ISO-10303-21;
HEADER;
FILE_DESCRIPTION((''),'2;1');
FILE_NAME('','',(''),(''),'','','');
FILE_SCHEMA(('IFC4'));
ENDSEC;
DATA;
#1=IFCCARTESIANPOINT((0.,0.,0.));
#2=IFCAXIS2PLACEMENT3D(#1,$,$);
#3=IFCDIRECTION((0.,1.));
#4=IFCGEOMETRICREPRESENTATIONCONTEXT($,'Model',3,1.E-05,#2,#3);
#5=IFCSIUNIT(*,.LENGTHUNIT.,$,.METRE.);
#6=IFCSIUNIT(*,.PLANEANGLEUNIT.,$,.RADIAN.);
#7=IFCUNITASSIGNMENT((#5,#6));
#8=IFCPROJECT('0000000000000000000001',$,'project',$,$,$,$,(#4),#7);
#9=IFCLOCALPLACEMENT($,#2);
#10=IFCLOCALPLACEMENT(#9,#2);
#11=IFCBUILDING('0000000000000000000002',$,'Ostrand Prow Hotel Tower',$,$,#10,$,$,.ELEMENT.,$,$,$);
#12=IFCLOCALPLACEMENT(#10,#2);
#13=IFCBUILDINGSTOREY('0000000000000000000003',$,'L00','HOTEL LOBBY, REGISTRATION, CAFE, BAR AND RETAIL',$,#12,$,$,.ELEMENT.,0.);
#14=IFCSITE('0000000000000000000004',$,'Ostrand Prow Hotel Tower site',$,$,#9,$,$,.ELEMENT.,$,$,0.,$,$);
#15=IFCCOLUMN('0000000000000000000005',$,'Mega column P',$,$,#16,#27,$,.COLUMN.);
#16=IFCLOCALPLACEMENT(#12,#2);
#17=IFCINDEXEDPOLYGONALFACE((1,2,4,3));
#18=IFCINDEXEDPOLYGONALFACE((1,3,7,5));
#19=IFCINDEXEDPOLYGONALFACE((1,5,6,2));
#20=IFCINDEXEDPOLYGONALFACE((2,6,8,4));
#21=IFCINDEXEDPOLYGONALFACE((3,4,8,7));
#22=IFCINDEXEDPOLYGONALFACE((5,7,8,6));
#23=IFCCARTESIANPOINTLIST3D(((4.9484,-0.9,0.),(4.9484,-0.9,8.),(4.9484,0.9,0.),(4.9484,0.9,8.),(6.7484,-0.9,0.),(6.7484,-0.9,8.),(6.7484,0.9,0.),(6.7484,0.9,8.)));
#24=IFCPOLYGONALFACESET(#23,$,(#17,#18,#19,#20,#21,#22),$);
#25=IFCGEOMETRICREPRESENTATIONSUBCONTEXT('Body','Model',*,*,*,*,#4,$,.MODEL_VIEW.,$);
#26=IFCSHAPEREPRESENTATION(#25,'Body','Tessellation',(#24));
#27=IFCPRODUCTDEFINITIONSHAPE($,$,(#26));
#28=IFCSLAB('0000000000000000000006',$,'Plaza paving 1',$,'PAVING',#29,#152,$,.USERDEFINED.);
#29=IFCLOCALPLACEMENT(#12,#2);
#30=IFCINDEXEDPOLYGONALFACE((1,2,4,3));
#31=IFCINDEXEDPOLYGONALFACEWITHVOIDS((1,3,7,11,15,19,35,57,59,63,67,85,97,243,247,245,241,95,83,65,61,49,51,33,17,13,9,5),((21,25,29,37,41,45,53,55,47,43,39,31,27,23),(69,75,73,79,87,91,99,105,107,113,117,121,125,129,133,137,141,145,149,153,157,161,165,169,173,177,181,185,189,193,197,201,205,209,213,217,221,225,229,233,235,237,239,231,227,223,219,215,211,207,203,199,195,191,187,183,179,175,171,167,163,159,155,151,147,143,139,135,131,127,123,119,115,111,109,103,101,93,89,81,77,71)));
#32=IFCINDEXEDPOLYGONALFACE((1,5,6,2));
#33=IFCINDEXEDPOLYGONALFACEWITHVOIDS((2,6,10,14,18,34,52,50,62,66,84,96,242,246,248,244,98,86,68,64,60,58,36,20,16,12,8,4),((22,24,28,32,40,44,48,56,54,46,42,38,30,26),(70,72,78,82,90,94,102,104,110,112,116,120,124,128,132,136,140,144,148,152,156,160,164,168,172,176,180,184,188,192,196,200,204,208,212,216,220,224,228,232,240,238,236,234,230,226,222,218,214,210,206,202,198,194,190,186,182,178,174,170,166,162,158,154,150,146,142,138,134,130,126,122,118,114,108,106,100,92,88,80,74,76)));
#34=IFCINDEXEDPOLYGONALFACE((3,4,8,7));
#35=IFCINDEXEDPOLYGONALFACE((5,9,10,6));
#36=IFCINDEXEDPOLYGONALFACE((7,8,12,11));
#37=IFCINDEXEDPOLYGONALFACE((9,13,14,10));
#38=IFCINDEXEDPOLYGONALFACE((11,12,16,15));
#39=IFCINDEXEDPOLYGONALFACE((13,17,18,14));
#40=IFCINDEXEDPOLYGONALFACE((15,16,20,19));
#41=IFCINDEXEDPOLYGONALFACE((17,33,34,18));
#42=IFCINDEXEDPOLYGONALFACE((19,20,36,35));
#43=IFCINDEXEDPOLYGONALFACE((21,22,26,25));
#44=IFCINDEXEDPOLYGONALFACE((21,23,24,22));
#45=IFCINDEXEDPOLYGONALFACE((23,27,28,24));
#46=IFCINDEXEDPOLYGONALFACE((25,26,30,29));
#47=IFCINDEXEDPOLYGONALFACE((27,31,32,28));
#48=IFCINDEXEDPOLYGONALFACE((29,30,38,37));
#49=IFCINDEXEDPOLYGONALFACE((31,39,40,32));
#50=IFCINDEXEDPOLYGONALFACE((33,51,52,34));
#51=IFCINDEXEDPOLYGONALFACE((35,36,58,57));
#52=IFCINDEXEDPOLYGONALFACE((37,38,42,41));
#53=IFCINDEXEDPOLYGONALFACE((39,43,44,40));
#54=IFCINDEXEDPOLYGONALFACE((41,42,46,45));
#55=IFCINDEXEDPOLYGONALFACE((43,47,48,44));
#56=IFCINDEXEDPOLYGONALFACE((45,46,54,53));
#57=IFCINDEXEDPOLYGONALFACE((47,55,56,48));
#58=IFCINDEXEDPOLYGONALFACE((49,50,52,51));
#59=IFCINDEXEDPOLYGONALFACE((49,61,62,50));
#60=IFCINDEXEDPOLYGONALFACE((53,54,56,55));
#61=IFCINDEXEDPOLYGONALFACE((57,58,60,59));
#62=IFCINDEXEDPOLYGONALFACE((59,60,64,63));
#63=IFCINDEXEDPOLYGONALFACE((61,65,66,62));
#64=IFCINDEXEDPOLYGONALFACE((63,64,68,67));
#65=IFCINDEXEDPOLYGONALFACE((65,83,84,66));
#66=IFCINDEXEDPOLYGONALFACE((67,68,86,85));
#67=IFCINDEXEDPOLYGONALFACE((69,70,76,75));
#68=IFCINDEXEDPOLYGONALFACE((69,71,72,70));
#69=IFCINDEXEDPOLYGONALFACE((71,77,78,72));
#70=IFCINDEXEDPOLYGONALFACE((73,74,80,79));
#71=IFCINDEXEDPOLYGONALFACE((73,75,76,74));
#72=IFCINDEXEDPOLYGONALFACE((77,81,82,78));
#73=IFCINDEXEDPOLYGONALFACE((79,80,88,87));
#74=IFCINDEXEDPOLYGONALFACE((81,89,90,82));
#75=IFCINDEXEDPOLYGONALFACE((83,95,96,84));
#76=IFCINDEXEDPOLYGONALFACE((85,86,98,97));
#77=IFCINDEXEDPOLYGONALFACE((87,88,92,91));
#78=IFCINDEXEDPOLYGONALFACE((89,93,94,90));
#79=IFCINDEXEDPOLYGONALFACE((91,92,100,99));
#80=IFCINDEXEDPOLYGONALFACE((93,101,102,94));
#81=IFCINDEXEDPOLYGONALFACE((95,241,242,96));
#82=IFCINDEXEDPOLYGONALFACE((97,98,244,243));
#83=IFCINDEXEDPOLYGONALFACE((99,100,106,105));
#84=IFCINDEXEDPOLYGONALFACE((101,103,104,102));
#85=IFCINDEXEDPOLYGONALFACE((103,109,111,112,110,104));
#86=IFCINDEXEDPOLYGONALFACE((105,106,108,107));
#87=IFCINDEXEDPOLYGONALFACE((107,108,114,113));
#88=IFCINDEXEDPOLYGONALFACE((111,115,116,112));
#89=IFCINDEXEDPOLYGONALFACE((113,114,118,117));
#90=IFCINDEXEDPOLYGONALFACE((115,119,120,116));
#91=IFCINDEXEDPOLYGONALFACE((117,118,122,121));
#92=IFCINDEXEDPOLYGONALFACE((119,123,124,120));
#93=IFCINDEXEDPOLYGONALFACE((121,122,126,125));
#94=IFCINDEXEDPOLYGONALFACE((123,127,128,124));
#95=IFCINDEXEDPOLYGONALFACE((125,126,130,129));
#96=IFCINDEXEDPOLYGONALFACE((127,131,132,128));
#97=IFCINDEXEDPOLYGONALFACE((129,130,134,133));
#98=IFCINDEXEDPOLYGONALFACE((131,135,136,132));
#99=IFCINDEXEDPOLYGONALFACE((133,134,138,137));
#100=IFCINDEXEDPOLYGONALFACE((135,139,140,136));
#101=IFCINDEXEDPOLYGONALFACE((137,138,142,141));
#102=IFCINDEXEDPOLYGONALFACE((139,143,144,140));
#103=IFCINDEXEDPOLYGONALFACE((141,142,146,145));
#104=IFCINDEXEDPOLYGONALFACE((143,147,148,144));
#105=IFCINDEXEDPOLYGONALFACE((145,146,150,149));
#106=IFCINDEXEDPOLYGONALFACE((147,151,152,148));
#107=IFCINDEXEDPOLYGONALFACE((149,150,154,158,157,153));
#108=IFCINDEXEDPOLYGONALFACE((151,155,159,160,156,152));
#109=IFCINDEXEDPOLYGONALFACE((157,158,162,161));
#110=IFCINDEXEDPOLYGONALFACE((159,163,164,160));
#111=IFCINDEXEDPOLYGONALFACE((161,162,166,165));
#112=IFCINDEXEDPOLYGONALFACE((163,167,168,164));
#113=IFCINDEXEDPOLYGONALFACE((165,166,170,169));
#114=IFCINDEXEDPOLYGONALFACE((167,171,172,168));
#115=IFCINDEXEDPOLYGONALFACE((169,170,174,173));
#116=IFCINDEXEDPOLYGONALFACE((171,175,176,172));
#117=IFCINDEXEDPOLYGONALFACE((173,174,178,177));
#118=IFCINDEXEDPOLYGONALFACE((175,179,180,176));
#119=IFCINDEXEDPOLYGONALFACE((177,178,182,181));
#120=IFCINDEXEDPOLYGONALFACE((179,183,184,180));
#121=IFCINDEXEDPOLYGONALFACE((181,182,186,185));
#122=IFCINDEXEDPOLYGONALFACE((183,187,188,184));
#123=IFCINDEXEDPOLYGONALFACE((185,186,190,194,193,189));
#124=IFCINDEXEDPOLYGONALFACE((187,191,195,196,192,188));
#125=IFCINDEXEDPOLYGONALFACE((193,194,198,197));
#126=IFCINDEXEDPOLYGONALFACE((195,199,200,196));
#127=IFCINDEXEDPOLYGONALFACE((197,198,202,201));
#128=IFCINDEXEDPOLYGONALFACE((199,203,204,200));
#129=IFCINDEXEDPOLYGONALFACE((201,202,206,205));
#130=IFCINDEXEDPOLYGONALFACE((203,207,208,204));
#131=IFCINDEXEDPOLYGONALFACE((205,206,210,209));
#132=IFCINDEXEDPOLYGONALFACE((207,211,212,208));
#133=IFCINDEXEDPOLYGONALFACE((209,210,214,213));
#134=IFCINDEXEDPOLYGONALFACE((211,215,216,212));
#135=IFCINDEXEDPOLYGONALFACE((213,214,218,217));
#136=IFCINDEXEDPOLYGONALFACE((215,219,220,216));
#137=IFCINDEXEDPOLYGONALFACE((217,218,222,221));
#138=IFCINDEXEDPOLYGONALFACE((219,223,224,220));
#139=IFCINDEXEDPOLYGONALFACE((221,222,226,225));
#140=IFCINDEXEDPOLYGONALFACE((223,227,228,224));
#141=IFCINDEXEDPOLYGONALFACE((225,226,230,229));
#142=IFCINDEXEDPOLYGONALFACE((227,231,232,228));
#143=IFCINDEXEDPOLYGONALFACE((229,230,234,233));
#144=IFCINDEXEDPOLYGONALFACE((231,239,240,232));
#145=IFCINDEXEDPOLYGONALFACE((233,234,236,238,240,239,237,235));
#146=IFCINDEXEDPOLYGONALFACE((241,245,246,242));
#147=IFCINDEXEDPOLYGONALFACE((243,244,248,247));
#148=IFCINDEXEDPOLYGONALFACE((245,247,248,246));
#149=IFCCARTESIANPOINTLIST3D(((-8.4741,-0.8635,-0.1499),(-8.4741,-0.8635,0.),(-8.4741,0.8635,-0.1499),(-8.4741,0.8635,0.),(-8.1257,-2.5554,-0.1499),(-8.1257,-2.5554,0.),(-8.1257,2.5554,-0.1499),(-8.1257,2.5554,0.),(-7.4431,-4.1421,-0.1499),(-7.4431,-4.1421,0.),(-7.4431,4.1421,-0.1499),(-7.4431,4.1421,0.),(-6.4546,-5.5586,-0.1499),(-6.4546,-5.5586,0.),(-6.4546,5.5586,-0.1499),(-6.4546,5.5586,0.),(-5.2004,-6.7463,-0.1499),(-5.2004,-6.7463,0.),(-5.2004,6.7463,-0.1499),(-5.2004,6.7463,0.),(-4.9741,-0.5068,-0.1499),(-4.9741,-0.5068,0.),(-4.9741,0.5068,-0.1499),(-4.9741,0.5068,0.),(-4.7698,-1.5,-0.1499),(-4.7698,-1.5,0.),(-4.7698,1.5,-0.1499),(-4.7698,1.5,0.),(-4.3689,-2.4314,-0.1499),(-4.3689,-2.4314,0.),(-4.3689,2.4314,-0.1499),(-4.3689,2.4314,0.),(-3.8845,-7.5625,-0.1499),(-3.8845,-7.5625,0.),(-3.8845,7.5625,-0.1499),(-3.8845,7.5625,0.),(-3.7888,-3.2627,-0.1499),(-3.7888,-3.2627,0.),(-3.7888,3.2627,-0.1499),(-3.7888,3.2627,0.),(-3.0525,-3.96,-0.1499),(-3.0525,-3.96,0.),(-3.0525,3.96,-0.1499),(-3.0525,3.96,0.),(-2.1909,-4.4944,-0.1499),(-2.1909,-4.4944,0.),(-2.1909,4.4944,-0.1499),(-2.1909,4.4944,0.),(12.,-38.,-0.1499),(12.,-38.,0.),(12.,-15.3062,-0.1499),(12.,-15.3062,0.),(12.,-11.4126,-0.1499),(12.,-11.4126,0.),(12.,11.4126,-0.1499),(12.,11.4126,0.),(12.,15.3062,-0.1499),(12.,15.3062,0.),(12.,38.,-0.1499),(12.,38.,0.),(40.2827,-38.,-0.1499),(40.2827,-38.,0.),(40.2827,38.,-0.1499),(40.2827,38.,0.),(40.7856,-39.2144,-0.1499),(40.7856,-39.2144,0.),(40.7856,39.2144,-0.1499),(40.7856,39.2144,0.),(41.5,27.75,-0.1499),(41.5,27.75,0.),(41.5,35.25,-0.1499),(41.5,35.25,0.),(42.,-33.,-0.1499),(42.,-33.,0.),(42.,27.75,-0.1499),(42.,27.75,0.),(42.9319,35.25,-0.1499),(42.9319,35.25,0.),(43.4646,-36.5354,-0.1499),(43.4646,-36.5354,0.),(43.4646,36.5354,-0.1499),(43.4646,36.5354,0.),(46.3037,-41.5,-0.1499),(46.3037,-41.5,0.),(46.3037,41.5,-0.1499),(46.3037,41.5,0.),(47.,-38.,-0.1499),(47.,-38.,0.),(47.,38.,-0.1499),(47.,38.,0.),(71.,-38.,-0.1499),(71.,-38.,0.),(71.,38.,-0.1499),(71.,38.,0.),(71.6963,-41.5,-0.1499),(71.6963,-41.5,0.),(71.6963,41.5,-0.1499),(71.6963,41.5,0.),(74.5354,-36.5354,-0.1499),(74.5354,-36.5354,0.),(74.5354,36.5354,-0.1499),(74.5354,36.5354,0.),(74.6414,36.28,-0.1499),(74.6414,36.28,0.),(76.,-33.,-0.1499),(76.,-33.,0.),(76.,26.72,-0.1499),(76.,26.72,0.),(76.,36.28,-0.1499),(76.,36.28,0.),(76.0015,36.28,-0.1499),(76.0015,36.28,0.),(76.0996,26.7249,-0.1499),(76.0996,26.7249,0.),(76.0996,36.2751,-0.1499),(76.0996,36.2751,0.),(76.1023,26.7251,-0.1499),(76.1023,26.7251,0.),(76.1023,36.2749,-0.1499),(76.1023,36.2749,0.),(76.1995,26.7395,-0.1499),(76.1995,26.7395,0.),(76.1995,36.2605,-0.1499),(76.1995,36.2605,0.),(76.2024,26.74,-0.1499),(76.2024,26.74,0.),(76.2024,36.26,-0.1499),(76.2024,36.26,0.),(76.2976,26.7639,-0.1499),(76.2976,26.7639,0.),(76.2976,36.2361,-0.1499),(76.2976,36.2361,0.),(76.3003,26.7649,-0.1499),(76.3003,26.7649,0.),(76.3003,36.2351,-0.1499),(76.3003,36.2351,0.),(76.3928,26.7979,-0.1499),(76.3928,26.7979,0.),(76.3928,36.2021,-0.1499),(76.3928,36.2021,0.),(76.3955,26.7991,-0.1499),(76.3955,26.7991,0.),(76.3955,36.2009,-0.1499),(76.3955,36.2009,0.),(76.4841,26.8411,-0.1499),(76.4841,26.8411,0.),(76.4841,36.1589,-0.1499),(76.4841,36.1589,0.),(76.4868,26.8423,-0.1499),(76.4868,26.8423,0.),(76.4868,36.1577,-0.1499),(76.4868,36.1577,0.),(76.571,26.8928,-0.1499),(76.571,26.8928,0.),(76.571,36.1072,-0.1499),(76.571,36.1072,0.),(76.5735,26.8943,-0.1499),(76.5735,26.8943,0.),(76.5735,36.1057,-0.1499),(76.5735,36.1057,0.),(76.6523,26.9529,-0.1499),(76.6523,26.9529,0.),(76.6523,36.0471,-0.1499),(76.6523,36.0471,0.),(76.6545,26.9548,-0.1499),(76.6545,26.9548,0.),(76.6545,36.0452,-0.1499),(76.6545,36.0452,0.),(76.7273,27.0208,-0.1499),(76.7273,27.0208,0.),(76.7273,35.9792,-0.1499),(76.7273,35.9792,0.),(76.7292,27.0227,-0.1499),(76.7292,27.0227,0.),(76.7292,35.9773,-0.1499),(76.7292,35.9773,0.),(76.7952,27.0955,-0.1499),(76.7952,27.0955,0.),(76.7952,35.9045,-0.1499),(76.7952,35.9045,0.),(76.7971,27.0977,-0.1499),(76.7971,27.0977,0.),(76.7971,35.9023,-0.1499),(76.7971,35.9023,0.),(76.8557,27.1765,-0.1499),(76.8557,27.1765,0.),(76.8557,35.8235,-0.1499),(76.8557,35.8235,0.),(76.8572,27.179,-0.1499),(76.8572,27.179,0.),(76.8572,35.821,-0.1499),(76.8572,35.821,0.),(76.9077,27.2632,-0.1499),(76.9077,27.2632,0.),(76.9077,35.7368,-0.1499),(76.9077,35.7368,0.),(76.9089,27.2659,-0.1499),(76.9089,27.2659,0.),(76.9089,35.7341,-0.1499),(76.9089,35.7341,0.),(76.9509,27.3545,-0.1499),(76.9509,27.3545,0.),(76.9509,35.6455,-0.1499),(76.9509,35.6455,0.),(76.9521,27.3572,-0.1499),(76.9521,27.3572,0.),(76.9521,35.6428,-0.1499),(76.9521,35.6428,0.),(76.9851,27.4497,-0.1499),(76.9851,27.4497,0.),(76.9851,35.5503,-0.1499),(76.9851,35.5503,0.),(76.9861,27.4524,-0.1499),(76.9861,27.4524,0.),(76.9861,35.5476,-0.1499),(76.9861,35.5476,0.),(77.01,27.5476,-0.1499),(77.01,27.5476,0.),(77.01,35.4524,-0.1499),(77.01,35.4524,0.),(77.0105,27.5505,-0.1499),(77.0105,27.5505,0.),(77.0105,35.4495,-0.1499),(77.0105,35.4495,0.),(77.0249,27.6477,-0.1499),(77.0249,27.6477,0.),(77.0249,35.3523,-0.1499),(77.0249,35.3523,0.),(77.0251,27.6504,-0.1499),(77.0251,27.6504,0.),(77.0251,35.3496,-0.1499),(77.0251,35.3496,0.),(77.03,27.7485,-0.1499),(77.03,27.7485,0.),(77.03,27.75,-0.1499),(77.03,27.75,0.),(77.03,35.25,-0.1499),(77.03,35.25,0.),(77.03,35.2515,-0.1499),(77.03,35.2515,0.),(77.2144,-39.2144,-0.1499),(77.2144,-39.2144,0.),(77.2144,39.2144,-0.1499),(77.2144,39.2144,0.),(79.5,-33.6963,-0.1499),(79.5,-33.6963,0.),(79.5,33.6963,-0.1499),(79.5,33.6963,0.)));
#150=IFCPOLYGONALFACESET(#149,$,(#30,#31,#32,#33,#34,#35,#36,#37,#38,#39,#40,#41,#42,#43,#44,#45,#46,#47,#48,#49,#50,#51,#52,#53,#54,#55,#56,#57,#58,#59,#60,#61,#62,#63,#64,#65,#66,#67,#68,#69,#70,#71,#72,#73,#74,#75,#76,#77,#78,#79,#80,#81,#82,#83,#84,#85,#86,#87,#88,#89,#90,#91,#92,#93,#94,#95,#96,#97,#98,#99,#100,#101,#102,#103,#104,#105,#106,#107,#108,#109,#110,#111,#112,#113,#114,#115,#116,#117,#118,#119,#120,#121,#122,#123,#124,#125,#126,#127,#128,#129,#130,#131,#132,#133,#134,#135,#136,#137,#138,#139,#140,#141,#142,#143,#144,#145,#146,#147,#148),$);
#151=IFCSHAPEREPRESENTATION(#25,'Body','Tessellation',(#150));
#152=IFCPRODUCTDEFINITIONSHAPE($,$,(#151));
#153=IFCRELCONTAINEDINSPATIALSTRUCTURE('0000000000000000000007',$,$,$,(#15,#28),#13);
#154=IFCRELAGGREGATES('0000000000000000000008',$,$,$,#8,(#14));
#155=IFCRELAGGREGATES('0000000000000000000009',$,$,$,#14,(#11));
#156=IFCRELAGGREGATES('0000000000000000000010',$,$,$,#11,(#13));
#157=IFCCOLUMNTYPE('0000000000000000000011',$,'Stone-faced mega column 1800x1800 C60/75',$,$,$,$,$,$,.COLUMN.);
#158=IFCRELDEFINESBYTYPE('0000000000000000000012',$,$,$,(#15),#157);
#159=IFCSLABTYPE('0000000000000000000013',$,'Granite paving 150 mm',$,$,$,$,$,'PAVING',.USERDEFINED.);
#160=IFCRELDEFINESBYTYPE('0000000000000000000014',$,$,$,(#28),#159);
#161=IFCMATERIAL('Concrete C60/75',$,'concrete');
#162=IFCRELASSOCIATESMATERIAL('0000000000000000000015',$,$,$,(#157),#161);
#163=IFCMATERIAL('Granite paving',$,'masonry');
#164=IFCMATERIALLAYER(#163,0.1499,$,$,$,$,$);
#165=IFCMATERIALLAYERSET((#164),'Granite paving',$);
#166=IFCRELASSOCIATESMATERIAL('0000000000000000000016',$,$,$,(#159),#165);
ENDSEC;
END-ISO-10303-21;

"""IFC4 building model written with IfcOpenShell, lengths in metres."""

from ifc_helpers import new_model, si_unit, direction, frame, origin, origin_2d, place, context, subcontext, project, spatial, polyline, rectangle, outline, extrude, material, layer, layer_set, material_profile, profile_set, type_object, element, save


model = new_model("IFC4")

# Units and contexts
model_context = context("Model", 3, precision=1e-05, world=origin(), true_north=direction((0.0, 1.0)))
body_context = subcontext(model_context, "Body", "Model", "MODEL_VIEW")
ifc_project = project(units=[si_unit("LENGTHUNIT", "METRE"), si_unit("PLANEANGLEUNIT", "RADIAN")], contexts=[model_context])

# Site, building, storey
site_placement = place(None, origin())
site = spatial("IfcSite", under=ifc_project, at=site_placement, Name="Ostrand Prow Hotel Tower site", CompositionType="ELEMENT", RefElevation=0.0)
building_placement = place(site_placement, origin())
building = spatial("IfcBuilding", under=site, at=building_placement, Name="Ostrand Prow Hotel Tower", CompositionType="ELEMENT")
storey_placement = place(building_placement, origin())
storey = spatial("IfcBuildingStorey", under=building, at=storey_placement, Name="L00", Description="HOTEL LOBBY, REGISTRATION, CAFE, BAR AND RETAIL", CompositionType="ELEMENT", Elevation=0.0)

# Column
ifc_material_1 = material(Name="Concrete C60/75", Category="concrete")
ifc_material_profile = material_profile(ifc_material_1, rectangle(XDim=1.8, YDim=1.8, at=origin_2d()), Name="RC 1800x1800")
ifc_profile_set = profile_set([ifc_material_profile], Name="Concrete C60/75")
column_type = type_object("IfcColumnType", Name="Stone-faced mega column 1800x1800 C60/75", PredefinedType="COLUMN", material=ifc_profile_set)
column_placement = place(storey_placement, frame((5.8484, 0.0, 0.0), z_axis=(0.0, 0.0, 1.0), x_axis=(1.0, 0.0, 0.0)))
element("IfcColumn", 1, at=column_placement, inside=storey, type_object=column_type, Name="Mega column P", PredefinedType="COLUMN", context=body_context, shape_type="SweptSolid", body=[
    extrude(rectangle(XDim=1.8, YDim=1.8, at=origin_2d()), origin(), (0.0, 0.0, 1.0), 8.0),
])

# Slab
ifc_material_2 = material(Name="Granite paving", Category="masonry")
ifc_layer_1 = layer(ifc_material_2, 0.1499)
ifc_layer_set_1 = layer_set([ifc_layer_1], Name="Granite paving")
slab_type_1 = type_object("IfcSlabType", Name="Granite paving 150 mm", ElementType="PAVING", PredefinedType="USERDEFINED", material=ifc_layer_set_1)
slab_1_placement = place(storey_placement, frame((0.0, 0.0, -0.1499)))
element("IfcSlab", 2, at=slab_1_placement, inside=storey, type_object=slab_type_1, Name="Plaza paving 1", ObjectType="PAVING", PredefinedType="USERDEFINED", context=body_context, shape_type="SweptSolid", body=[
    extrude(outline(polyline([(-7.4431, -4.1421), (-6.4546, -5.5586), (-5.2004, -6.7463), (-3.8845, -7.5625), (12.0, -15.3062), (12.0, -38.0), (40.2827, -38.0), (40.7856, -39.2144), (46.3037, -41.5), (71.6963, -41.5), (77.2144, -39.2144), (79.5, -33.6963), (79.5, 33.6963), (77.2144, 39.2144), (71.6963, 41.5), (46.3037, 41.5), (40.7856, 39.2144), (40.2827, 38.0), (12.0, 38.0), (12.0, 15.3062), (-3.8845, 7.5625), (-5.2004, 6.7463), (-6.4546, 5.5586), (-7.4431, 4.1421), (-8.1257, 2.5554), (-8.4741, 0.8635), (-8.4741, -0.8635), (-8.1257, -2.5554), (-7.4431, -4.1421)]), holes=[polyline([(74.6414, 36.28), (76.0, 36.28), (76.0015, 36.28), (76.0996, 36.2751), (76.1023, 36.2749), (76.1995, 36.2605), (76.2024, 36.26), (76.2976, 36.2361), (76.3003, 36.2351), (76.3928, 36.2021), (76.3955, 36.2009), (76.4841, 36.1589), (76.4868, 36.1577), (76.571, 36.1072), (76.5735, 36.1057), (76.6523, 36.0471), (76.6545, 36.0452), (76.7273, 35.9792), (76.7292, 35.9773), (76.7952, 35.9045), (76.7971, 35.9023), (76.8557, 35.8235), (76.8572, 35.821), (76.9077, 35.7368), (76.9089, 35.7341), (76.9509, 35.6455), (76.9521, 35.6428), (76.9851, 35.5503), (76.9861, 35.5476), (77.01, 35.4524), (77.0105, 35.4495), (77.0249, 35.3523), (77.0251, 35.3496), (77.03, 35.2515), (77.03, 35.25), (77.03, 27.75), (77.03, 27.7485), (77.0251, 27.6504), (77.0249, 27.6477), (77.0105, 27.5505), (77.01, 27.5476), (76.9861, 27.4524), (76.9851, 27.4497), (76.9521, 27.3572), (76.9509, 27.3545), (76.9089, 27.2659), (76.9077, 27.2632), (76.8572, 27.179), (76.8557, 27.1765), (76.7971, 27.0977), (76.7952, 27.0955), (76.7292, 27.0227), (76.7273, 27.0208), (76.6545, 26.9548), (76.6523, 26.9529), (76.5735, 26.8943), (76.571, 26.8928), (76.4868, 26.8423), (76.4841, 26.8411), (76.3955, 26.7991), (76.3928, 26.7979), (76.3003, 26.7649), (76.2976, 26.7639), (76.2024, 26.74), (76.1995, 26.7395), (76.1023, 26.7251), (76.0996, 26.7249), (76.0, 26.72), (76.0, -33.0), (74.5354, -36.5354), (71.0, -38.0), (47.0, -38.0), (43.4646, -36.5354), (42.0, -33.0), (42.0, 27.75), (41.5, 27.75), (41.5, 35.25), (42.9319, 35.25), (43.4646, 36.5354), (47.0, 38.0), (71.0, 38.0), (74.5354, 36.5354), (74.6414, 36.28)]), polyline([(-3.0525, 3.96), (-2.1909, 4.4944), (12.0, 11.4126), (12.0, -11.4126), (-2.1909, -4.4944), (-3.0525, -3.96), (-3.7888, -3.2627), (-4.3689, -2.4314), (-4.7698, -1.5), (-4.9741, -0.5068), (-4.9741, 0.5068), (-4.7698, 1.5), (-4.3689, 2.4314), (-3.7888, 3.2627), (-3.0525, 3.96)])]), origin(), (0.0, 0.0, 1.0), 0.1499),
])

save(model, "model.ifc")
